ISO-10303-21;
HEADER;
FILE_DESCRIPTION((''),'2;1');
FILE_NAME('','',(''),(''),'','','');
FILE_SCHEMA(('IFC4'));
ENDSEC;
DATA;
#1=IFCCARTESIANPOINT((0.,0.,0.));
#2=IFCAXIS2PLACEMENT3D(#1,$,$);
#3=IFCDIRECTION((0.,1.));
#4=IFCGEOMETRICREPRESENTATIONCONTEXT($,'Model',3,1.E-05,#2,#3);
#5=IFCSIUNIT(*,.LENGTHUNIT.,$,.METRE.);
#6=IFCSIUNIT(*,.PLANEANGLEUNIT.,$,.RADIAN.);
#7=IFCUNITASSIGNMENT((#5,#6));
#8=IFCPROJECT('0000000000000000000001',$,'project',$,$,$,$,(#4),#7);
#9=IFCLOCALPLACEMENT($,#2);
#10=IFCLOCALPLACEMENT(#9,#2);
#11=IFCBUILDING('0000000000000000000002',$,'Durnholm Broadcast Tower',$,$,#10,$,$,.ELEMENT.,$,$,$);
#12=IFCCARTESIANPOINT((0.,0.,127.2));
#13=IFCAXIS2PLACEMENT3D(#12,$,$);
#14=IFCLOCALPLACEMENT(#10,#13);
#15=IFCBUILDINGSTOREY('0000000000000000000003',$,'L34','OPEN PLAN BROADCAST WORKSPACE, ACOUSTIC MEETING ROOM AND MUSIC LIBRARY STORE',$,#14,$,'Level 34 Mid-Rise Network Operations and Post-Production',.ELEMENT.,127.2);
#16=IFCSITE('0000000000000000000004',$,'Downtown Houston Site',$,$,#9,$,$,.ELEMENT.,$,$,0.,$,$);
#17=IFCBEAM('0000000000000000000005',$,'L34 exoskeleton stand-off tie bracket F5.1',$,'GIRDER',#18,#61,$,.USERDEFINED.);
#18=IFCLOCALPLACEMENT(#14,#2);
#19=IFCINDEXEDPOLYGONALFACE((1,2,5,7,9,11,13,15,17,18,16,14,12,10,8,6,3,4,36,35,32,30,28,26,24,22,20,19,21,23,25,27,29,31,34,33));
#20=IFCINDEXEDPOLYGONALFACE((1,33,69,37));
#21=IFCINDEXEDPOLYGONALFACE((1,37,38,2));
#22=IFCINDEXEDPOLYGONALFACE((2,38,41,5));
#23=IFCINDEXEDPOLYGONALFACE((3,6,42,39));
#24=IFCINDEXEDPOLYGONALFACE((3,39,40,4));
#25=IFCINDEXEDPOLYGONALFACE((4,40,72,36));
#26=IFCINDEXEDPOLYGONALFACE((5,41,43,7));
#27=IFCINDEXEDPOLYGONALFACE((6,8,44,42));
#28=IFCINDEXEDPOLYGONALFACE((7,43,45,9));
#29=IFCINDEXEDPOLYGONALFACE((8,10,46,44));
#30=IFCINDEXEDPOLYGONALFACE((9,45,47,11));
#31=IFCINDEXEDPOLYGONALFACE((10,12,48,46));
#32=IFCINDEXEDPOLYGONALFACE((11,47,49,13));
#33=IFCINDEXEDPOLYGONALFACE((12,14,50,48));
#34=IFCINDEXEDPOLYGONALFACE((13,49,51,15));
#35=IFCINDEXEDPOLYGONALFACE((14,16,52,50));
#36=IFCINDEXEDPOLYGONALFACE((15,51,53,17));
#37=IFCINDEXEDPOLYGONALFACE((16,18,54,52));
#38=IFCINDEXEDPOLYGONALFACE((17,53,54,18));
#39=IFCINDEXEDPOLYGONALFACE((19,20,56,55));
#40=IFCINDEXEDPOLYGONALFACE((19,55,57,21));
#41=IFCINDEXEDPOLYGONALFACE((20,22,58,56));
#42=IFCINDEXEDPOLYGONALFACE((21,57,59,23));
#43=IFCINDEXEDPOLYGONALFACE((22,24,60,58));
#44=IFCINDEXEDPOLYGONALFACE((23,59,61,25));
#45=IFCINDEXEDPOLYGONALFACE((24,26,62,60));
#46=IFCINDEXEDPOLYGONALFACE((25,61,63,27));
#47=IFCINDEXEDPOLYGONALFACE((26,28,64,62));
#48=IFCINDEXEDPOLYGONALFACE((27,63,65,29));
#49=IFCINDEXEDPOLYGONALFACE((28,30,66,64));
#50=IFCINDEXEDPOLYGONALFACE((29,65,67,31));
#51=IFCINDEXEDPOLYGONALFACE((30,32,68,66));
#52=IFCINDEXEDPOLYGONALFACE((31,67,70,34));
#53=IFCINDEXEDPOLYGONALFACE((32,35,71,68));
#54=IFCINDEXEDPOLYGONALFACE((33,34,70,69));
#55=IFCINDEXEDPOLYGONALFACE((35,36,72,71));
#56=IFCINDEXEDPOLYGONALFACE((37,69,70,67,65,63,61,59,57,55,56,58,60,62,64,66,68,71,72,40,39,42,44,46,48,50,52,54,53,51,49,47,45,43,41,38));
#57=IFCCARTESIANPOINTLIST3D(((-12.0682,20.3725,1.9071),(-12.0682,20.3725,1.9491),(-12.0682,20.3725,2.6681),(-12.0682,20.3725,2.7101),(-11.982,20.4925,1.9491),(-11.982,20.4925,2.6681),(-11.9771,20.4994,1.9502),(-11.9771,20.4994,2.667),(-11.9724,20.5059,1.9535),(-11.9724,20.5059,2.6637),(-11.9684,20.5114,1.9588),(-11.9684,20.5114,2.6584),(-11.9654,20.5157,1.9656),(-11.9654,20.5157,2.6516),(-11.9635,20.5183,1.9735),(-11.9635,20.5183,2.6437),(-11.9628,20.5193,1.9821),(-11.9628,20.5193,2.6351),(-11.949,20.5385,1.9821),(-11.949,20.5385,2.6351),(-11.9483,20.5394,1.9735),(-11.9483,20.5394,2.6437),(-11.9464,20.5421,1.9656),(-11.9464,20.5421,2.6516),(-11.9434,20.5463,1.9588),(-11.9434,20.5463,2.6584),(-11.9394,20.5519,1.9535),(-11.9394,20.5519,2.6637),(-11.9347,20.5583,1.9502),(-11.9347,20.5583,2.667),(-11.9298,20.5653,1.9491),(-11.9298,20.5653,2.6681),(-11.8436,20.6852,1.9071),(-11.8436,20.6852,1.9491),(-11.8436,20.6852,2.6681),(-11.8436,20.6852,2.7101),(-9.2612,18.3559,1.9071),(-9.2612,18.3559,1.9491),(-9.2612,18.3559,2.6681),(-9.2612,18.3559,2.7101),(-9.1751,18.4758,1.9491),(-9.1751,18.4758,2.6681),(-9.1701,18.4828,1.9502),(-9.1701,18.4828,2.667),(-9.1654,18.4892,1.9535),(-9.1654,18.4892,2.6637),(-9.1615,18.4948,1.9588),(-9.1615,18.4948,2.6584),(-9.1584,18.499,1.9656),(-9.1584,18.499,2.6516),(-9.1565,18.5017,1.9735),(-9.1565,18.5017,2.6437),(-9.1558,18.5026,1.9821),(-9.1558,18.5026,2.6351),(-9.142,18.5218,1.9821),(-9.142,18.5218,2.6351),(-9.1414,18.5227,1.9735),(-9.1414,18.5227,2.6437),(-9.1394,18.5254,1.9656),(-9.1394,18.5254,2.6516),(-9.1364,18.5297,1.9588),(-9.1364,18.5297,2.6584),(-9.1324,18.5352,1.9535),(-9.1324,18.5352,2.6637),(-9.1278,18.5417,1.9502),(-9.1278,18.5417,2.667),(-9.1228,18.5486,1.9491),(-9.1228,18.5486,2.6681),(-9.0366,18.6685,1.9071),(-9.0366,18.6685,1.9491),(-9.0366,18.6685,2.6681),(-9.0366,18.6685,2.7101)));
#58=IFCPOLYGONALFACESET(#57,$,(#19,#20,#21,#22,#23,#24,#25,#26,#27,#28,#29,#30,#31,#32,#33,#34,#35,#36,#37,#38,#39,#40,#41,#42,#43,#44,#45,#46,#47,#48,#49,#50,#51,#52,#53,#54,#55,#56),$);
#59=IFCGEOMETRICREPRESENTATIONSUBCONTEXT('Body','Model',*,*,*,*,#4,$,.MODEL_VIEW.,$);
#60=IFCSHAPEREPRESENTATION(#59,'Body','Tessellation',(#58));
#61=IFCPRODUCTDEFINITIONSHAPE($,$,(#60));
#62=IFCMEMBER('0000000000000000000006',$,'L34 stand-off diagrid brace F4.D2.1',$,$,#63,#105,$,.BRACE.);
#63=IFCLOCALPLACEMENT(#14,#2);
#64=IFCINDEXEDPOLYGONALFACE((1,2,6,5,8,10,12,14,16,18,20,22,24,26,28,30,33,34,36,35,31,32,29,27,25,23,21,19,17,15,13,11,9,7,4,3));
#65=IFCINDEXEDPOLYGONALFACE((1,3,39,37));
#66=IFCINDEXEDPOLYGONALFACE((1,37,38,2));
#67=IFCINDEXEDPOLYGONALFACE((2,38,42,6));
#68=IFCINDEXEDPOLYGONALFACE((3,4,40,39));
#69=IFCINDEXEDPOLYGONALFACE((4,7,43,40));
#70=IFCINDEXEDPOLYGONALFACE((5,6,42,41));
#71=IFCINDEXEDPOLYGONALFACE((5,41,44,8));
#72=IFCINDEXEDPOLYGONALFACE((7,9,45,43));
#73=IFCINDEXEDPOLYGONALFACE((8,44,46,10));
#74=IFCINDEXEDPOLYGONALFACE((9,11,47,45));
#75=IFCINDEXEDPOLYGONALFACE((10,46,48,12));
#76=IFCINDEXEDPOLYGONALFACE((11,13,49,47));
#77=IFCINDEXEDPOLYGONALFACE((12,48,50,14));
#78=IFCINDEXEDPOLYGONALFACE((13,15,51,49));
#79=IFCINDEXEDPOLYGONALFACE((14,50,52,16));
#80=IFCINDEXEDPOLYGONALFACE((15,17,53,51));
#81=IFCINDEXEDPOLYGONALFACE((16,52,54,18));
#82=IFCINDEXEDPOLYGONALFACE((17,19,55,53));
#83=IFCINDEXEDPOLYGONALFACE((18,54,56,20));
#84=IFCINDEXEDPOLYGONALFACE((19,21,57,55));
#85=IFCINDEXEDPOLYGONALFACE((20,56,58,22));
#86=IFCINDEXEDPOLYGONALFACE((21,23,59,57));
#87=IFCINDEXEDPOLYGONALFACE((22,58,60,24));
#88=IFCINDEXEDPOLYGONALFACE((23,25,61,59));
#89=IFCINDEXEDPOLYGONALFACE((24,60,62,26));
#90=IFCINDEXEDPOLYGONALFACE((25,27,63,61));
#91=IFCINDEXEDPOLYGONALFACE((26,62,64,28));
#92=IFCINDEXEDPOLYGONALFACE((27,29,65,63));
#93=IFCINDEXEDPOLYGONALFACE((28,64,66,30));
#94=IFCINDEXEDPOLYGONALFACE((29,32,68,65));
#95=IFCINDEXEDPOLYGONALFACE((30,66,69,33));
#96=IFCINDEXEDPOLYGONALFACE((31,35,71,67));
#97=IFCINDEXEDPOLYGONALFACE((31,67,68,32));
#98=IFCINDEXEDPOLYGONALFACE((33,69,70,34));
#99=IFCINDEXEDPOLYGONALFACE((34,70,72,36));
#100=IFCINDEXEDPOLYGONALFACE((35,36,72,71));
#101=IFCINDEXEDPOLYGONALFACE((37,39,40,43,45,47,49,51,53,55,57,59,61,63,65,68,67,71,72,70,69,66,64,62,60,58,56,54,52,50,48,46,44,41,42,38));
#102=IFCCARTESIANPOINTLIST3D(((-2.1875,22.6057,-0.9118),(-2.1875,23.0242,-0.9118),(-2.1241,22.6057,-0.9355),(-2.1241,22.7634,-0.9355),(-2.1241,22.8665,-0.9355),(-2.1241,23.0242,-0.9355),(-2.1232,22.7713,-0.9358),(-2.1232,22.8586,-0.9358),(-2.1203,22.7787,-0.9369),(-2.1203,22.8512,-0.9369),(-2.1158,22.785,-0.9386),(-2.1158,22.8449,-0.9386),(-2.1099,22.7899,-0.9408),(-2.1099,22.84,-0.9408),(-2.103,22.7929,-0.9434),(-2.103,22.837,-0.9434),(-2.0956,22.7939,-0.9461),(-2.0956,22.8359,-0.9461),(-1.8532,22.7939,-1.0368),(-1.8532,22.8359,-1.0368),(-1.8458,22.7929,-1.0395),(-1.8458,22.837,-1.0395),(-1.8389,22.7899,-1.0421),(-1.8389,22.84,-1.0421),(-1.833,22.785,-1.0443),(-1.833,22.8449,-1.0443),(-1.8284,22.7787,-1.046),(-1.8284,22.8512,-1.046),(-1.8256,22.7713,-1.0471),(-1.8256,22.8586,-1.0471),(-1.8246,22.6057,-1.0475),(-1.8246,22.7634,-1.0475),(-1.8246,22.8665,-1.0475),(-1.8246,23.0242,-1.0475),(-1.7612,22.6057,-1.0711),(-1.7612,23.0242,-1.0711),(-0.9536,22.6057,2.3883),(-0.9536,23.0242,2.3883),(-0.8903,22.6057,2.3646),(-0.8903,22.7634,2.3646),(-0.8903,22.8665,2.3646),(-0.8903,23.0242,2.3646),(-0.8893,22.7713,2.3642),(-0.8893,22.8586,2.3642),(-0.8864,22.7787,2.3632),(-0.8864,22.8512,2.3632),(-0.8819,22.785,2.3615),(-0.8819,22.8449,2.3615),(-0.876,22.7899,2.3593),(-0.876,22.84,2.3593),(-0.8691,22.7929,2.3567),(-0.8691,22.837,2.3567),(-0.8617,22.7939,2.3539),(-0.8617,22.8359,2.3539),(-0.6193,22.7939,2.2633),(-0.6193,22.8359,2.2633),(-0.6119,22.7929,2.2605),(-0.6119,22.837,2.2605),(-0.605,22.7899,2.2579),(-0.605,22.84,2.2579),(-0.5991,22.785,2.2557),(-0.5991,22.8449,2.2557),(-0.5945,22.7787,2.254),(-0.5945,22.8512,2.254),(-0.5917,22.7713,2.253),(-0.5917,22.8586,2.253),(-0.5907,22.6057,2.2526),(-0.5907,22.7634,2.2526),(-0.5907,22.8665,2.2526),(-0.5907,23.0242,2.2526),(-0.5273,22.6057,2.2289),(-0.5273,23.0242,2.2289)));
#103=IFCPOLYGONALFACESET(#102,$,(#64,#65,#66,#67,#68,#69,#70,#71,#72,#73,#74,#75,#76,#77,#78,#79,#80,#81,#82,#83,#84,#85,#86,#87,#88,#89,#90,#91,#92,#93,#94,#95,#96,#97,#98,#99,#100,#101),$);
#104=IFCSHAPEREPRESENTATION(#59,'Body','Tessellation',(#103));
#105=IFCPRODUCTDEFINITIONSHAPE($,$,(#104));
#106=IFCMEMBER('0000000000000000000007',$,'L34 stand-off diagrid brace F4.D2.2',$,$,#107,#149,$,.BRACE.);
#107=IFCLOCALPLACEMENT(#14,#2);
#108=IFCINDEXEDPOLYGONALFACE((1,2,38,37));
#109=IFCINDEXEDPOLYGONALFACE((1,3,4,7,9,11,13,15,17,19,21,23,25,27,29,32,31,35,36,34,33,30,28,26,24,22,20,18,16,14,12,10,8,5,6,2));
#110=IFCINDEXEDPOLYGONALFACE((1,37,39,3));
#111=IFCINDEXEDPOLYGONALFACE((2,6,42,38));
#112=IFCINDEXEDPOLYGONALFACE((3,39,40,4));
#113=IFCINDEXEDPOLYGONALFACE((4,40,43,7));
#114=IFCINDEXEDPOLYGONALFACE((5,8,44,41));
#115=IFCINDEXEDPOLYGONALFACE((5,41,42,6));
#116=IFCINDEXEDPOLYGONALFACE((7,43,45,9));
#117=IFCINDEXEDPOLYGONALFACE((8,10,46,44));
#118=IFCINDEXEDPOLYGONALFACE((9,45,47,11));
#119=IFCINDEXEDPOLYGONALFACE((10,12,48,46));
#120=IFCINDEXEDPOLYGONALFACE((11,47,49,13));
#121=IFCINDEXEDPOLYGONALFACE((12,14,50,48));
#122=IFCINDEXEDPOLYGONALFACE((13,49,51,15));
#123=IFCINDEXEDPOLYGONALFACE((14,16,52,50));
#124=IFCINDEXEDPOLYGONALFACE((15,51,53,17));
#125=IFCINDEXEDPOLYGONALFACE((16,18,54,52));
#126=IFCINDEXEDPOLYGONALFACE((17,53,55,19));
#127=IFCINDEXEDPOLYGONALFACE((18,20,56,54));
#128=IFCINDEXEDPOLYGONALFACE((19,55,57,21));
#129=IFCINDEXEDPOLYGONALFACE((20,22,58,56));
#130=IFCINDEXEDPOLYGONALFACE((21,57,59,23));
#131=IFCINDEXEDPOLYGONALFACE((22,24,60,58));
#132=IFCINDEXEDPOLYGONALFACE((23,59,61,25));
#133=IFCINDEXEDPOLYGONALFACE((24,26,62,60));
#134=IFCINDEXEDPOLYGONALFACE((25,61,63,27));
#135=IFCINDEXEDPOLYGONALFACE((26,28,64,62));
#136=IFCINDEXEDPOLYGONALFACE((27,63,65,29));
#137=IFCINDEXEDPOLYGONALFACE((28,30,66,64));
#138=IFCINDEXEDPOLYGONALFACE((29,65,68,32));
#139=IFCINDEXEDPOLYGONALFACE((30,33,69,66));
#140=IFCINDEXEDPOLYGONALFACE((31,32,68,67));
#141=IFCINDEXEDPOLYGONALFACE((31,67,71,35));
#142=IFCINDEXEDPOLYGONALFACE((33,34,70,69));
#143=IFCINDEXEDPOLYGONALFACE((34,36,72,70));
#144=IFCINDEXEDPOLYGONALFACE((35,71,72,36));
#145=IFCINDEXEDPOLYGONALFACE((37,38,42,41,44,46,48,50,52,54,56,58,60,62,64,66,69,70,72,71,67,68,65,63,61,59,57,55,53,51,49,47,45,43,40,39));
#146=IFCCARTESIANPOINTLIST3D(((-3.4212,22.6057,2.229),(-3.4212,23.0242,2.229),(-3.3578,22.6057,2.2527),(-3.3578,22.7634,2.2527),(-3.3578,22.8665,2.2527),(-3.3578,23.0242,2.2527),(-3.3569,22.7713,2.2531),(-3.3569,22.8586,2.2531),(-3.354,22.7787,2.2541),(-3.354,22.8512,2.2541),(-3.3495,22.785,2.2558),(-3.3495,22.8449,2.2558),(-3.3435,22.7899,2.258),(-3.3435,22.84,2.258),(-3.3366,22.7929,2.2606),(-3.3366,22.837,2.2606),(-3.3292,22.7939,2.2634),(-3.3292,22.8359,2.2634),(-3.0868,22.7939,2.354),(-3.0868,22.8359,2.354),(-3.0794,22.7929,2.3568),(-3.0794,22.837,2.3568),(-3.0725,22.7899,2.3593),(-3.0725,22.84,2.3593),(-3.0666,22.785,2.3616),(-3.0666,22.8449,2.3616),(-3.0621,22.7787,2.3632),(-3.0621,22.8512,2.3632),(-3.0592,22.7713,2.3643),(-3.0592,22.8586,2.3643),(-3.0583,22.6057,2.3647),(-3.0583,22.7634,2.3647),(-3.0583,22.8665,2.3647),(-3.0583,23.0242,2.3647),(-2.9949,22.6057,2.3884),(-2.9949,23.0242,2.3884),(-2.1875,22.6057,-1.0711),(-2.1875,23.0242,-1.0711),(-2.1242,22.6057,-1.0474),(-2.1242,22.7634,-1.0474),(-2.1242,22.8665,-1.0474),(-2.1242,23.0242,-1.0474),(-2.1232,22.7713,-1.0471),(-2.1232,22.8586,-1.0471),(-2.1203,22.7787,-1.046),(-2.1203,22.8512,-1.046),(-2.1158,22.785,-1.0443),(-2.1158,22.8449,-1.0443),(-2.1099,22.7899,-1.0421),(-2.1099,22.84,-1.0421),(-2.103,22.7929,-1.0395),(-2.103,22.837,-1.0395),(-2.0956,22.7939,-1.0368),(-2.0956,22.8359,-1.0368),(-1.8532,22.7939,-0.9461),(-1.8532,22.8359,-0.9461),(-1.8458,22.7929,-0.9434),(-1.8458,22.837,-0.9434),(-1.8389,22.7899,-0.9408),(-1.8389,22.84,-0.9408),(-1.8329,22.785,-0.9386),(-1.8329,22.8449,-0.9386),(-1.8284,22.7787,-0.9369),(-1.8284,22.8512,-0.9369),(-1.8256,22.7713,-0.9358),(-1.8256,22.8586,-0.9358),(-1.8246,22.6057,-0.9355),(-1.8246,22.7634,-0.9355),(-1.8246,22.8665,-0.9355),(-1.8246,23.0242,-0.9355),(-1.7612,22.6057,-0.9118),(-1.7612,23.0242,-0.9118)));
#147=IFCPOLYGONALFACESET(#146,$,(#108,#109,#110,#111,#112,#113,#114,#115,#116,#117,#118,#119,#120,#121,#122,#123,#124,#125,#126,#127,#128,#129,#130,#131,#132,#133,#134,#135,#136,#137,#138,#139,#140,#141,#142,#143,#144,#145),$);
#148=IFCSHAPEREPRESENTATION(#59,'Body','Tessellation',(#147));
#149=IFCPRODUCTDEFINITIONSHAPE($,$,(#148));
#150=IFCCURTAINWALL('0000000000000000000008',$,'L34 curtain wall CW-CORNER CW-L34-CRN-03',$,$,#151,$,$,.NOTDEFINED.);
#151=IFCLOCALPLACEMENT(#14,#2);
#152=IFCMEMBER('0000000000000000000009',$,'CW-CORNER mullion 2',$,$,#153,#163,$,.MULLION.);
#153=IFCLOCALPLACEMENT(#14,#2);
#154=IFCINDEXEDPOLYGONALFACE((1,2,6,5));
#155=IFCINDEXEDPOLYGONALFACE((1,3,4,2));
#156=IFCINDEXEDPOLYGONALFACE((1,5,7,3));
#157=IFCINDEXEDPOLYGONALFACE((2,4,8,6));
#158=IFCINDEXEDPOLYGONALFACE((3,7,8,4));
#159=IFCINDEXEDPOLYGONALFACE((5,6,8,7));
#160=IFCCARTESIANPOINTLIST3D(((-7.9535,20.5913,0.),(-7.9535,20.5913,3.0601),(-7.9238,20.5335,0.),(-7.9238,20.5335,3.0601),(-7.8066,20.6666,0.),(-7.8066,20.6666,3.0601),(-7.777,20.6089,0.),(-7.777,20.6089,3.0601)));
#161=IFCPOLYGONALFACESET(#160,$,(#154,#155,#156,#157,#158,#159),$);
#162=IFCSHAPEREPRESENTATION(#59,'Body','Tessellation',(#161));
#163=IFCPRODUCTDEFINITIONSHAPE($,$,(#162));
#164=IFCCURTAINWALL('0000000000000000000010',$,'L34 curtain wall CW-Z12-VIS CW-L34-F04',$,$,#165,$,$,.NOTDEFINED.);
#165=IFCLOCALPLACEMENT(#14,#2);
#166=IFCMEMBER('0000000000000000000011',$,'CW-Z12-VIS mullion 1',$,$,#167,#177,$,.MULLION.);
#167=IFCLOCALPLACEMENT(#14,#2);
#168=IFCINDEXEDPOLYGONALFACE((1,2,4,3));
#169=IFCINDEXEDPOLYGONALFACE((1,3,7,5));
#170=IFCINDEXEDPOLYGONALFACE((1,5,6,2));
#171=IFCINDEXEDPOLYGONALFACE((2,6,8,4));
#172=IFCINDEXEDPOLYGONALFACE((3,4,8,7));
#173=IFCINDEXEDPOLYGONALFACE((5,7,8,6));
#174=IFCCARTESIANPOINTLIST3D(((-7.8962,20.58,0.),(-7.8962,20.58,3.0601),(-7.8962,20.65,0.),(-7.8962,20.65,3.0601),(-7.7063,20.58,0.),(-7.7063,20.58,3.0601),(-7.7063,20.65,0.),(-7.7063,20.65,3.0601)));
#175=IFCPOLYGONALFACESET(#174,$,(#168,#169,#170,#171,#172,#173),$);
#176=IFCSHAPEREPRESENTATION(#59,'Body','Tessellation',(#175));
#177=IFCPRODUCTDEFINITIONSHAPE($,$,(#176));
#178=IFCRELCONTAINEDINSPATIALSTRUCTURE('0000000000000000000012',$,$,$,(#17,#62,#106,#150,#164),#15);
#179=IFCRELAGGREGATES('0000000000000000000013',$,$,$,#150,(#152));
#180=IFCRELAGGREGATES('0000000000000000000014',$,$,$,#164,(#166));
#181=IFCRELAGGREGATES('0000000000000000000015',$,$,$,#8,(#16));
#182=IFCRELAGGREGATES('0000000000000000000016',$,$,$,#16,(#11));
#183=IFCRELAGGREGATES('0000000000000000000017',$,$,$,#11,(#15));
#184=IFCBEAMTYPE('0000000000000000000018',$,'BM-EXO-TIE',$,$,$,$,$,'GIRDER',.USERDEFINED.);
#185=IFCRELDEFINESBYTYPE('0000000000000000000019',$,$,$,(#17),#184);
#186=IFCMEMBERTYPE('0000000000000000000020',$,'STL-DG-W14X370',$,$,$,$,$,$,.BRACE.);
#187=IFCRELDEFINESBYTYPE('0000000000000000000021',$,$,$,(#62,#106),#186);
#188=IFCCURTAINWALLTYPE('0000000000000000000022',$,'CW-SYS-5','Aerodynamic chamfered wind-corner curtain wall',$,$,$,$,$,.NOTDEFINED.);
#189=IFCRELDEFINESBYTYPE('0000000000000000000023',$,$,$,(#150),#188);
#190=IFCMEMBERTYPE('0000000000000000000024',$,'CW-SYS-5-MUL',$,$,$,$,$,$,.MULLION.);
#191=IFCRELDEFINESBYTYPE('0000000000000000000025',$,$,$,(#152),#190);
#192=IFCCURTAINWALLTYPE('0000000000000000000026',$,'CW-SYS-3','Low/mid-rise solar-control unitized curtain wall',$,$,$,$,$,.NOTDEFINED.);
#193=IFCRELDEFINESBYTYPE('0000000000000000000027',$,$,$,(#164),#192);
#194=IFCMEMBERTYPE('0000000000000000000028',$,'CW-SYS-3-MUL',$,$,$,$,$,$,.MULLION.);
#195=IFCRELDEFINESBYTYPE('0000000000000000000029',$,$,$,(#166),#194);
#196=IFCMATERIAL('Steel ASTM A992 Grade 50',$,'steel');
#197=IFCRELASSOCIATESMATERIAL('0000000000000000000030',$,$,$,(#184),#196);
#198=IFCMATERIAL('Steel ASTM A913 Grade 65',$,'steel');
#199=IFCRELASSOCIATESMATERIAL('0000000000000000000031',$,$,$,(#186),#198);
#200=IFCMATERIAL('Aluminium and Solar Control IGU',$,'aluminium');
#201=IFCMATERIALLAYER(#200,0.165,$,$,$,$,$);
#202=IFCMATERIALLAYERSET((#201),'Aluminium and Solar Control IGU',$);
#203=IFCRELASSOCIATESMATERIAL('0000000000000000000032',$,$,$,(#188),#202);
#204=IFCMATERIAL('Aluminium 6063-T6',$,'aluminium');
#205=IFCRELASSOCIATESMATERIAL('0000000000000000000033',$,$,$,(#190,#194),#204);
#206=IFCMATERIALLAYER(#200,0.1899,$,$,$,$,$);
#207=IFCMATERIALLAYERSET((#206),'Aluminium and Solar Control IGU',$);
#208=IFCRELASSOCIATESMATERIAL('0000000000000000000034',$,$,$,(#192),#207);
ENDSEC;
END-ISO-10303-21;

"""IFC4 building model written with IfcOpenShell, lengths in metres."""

from ifc_helpers import new_model, si_unit, direction, frame, origin, origin_2d, place, context, subcontext, project, spatial, rectangle, i_section, extrude, source, transform, mapped, material, layer, layer_set, material_profile, profile_set, type_object, type_shapes, element, aggregate, save


model = new_model("IFC4")

# Units and contexts
model_context = context("Model", 3, precision=1e-05, world=origin(), true_north=direction((0.0, 1.0)))
body_context = subcontext(model_context, "Body", "Model", "MODEL_VIEW")
ifc_project = project(units=[si_unit("LENGTHUNIT", "METRE"), si_unit("PLANEANGLEUNIT", "RADIAN")], contexts=[model_context])

# Site, building, storey
site_placement = place(None, origin())
site = spatial("IfcSite", under=ifc_project, at=site_placement, Name="Downtown Houston Site", CompositionType="ELEMENT", RefElevation=0.0)
building_placement = place(site_placement, origin())
building = spatial("IfcBuilding", under=site, at=building_placement, Name="Durnholm Broadcast Tower", CompositionType="ELEMENT")
storey_placement = place(building_placement, frame((0.0, 0.0, 127.2)))
storey = spatial("IfcBuildingStorey", under=building, at=storey_placement, Name="L34", Description="OPEN PLAN BROADCAST WORKSPACE, ACOUSTIC MEETING ROOM AND MUSIC LIBRARY STORE", LongName="Level 34 Mid-Rise Network Operations and Post-Production", CompositionType="ELEMENT", Elevation=127.2)

# Beam
ifc_material_1 = material(Name="Steel ASTM A992 Grade 50", Category="steel")
ifc_material_profile_1 = material_profile(ifc_material_1, i_section(OverallWidth=0.385, OverallDepth=0.803, WebThickness=0.0237, FlangeThickness=0.042, FilletRadius=0.033, at=origin_2d()), Name="W30X261")
ifc_profile_set_1 = profile_set([ifc_material_profile_1], Name="Steel ASTM A992 Grade 50")
beam_type_1 = type_object("IfcBeamType", Name="BM-EXO-TIE", ElementType="GIRDER", PredefinedType="USERDEFINED", material=ifc_profile_set_1)
shared_shape_1 = source(origin(), body_context, "Body", "SweptSolid", [
    extrude(i_section(OverallWidth=0.385, OverallDepth=0.803, WebThickness=0.0237, FlangeThickness=0.042, FilletRadius=0.033, at=origin_2d()), origin(), (0.0, 0.0, 1.0), 3.4563),
])
beam_1_placement = place(storey_placement, frame((-9.1489, 18.5122, 2.3086), z_axis=(-0.812131, 0.583474, 0.0), x_axis=(-0.583474, -0.812131, 0.0)))
element("IfcBeam", 1, at=beam_1_placement, inside=storey, type_object=beam_type_1, Name="L34 exoskeleton stand-off tie bracket F5.1", ObjectType="GIRDER", PredefinedType="USERDEFINED", context=body_context, shape_type="MappedRepresentation", body=[
    mapped(shared_shape_1, transform((0.0, 0.0, 0.0), x_axis=(1.0, 0.0, 0.0), y_axis=(0.0, 1.0, 0.0), z_axis=(0.0, 0.0, 1.0), scale=1.0)),
])

# Members
ifc_material_2 = material(Name="Steel ASTM A913 Grade 65", Category="steel")
ifc_material_profile_2 = material_profile(ifc_material_2, i_section(OverallWidth=0.4185, OverallDepth=0.4551, WebThickness=0.042, FlangeThickness=0.0676, FilletRadius=0.0305, at=origin_2d()), Name="W14X370")
ifc_profile_set_2 = profile_set([ifc_material_profile_2], Name="Steel ASTM A913 Grade 65")
member_type_1 = type_object("IfcMemberType", Name="STL-DG-W14X370", PredefinedType="BRACE", material=ifc_profile_set_2)
shared_shape_2 = source(origin(), body_context, "Body", "SweptSolid", [
    extrude(i_section(OverallWidth=0.4185, OverallDepth=0.4551, WebThickness=0.042, FlangeThickness=0.0676, FilletRadius=0.0305, at=origin_2d()), origin(), (0.0, 0.0, 1.0), 3.5232),
])
type_shapes(member_type_1, [shared_shape_2])
for number, where, z_axis, x_axis, name in (
    (2, (-1.9744, 22.8149, -0.9915), (0.35022, 0.0, 0.936668), (0.0, 1.0, 0.0), "L34 stand-off diagrid brace F4.D2.1"),
    (3, (-1.9744, 22.8149, -0.9915), (-0.350159, 0.0, 0.93669), (0.0, -1.0, 0.0), "L34 stand-off diagrid brace F4.D2.2"),
):
    element("IfcMember", number, at=place(storey_placement, frame(where, z_axis=z_axis, x_axis=x_axis)), inside=storey, type_object=member_type_1, Name=name, PredefinedType="BRACE", context=body_context, shape_type="MappedRepresentation", body=[
        mapped(shared_shape_2, transform((0.0, 0.0, 0.0), x_axis=(1.0, 0.0, 0.0), y_axis=(0.0, 1.0, 0.0), z_axis=(0.0, 0.0, 1.0), scale=1.0)),
    ])

# Curtain walls, members
ifc_material_3 = material(Name="Aluminium and Solar Control IGU", Category="aluminium")
ifc_layer_1 = layer(ifc_material_3, 0.165)
ifc_layer_set_1 = layer_set([ifc_layer_1], Name="Aluminium and Solar Control IGU")
curtain_wall_type_1 = type_object("IfcCurtainWallType", Name="CW-SYS-5", Description="Aerodynamic chamfered wind-corner curtain wall", PredefinedType="NOTDEFINED", material=ifc_layer_set_1)
curtain_wall_1_placement = place(storey_placement, origin())
curtain_wall_1 = element("IfcCurtainWall", 4, at=curtain_wall_1_placement, inside=storey, type_object=curtain_wall_type_1, Name="L34 curtain wall CW-CORNER CW-L34-CRN-03", PredefinedType="NOTDEFINED")
ifc_material_4 = material(Name="Aluminium 6063-T6", Category="aluminium")
ifc_material_profile_3 = material_profile(ifc_material_4, rectangle(XDim=0.0649, YDim=0.165, at=origin_2d()), Name="CWM65X165")
ifc_profile_set_3 = profile_set([ifc_material_profile_3], Name="Aluminium 6063-T6")
member_type_2 = type_object("IfcMemberType", Name="CW-SYS-5-MUL", PredefinedType="MULLION", material=ifc_profile_set_3)
shared_shape_3 = source(origin(), body_context, "Body", "SweptSolid", [
    extrude(rectangle(XDim=0.0649, YDim=0.165, at=origin_2d()), origin(), (0.0, 0.0, 1.0), 3.0601),
])
type_shapes(member_type_2, [shared_shape_3])
member_1_placement = place(storey_placement, frame((-7.8652, 20.6001, 0.0), z_axis=(0.0, 0.0, 1.0), x_axis=(-0.456373, 0.889788, 0.0)))
member_1 = element("IfcMember", 5, at=member_1_placement, type_object=member_type_2, Name="CW-CORNER mullion 2", PredefinedType="MULLION", context=body_context, shape_type="MappedRepresentation", body=[
    mapped(shared_shape_3, transform((0.0, 0.0, 0.0), x_axis=(1.0, 0.0, 0.0), y_axis=(0.0, 1.0, 0.0), z_axis=(0.0, 0.0, 1.0), scale=1.0)),
])
ifc_layer_2 = layer(ifc_material_3, 0.1899)
ifc_layer_set_2 = layer_set([ifc_layer_2], Name="Aluminium and Solar Control IGU")
curtain_wall_type_2 = type_object("IfcCurtainWallType", Name="CW-SYS-3", Description="Low/mid-rise solar-control unitized curtain wall", PredefinedType="NOTDEFINED", material=ifc_layer_set_2)
curtain_wall_2_placement = place(storey_placement, origin())
curtain_wall_2 = element("IfcCurtainWall", 6, at=curtain_wall_2_placement, inside=storey, type_object=curtain_wall_type_2, Name="L34 curtain wall CW-Z12-VIS CW-L34-F04", PredefinedType="NOTDEFINED")
ifc_material_profile_4 = material_profile(ifc_material_4, rectangle(XDim=0.0701, YDim=0.1899, at=origin_2d()), Name="CWM70X190")
ifc_profile_set_4 = profile_set([ifc_material_profile_4], Name="Aluminium 6063-T6")
member_type_3 = type_object("IfcMemberType", Name="CW-SYS-3-MUL", PredefinedType="MULLION", material=ifc_profile_set_4)
shared_shape_4 = source(origin(), body_context, "Body", "SweptSolid", [
    extrude(rectangle(XDim=0.0701, YDim=0.1899, at=origin_2d()), origin(), (0.0, 0.0, 1.0), 3.0601),
])
type_shapes(member_type_3, [shared_shape_4])
member_2_placement = place(storey_placement, frame((-7.8013, 20.615, 0.0), z_axis=(0.0, 0.0, 1.0), x_axis=(0.0, 1.0, 0.0)))
member_2 = element("IfcMember", 7, at=member_2_placement, type_object=member_type_3, Name="CW-Z12-VIS mullion 1", PredefinedType="MULLION", context=body_context, shape_type="MappedRepresentation", body=[
    mapped(shared_shape_4, transform((0.0, 0.0, 0.0), x_axis=(1.0, 0.0, 0.0), y_axis=(0.0, 1.0, 0.0), z_axis=(0.0, 0.0, 1.0), scale=1.0)),
])

aggregate(curtain_wall_1, [member_1])
aggregate(curtain_wall_2, [member_2])

save(model, "model.ifc")
